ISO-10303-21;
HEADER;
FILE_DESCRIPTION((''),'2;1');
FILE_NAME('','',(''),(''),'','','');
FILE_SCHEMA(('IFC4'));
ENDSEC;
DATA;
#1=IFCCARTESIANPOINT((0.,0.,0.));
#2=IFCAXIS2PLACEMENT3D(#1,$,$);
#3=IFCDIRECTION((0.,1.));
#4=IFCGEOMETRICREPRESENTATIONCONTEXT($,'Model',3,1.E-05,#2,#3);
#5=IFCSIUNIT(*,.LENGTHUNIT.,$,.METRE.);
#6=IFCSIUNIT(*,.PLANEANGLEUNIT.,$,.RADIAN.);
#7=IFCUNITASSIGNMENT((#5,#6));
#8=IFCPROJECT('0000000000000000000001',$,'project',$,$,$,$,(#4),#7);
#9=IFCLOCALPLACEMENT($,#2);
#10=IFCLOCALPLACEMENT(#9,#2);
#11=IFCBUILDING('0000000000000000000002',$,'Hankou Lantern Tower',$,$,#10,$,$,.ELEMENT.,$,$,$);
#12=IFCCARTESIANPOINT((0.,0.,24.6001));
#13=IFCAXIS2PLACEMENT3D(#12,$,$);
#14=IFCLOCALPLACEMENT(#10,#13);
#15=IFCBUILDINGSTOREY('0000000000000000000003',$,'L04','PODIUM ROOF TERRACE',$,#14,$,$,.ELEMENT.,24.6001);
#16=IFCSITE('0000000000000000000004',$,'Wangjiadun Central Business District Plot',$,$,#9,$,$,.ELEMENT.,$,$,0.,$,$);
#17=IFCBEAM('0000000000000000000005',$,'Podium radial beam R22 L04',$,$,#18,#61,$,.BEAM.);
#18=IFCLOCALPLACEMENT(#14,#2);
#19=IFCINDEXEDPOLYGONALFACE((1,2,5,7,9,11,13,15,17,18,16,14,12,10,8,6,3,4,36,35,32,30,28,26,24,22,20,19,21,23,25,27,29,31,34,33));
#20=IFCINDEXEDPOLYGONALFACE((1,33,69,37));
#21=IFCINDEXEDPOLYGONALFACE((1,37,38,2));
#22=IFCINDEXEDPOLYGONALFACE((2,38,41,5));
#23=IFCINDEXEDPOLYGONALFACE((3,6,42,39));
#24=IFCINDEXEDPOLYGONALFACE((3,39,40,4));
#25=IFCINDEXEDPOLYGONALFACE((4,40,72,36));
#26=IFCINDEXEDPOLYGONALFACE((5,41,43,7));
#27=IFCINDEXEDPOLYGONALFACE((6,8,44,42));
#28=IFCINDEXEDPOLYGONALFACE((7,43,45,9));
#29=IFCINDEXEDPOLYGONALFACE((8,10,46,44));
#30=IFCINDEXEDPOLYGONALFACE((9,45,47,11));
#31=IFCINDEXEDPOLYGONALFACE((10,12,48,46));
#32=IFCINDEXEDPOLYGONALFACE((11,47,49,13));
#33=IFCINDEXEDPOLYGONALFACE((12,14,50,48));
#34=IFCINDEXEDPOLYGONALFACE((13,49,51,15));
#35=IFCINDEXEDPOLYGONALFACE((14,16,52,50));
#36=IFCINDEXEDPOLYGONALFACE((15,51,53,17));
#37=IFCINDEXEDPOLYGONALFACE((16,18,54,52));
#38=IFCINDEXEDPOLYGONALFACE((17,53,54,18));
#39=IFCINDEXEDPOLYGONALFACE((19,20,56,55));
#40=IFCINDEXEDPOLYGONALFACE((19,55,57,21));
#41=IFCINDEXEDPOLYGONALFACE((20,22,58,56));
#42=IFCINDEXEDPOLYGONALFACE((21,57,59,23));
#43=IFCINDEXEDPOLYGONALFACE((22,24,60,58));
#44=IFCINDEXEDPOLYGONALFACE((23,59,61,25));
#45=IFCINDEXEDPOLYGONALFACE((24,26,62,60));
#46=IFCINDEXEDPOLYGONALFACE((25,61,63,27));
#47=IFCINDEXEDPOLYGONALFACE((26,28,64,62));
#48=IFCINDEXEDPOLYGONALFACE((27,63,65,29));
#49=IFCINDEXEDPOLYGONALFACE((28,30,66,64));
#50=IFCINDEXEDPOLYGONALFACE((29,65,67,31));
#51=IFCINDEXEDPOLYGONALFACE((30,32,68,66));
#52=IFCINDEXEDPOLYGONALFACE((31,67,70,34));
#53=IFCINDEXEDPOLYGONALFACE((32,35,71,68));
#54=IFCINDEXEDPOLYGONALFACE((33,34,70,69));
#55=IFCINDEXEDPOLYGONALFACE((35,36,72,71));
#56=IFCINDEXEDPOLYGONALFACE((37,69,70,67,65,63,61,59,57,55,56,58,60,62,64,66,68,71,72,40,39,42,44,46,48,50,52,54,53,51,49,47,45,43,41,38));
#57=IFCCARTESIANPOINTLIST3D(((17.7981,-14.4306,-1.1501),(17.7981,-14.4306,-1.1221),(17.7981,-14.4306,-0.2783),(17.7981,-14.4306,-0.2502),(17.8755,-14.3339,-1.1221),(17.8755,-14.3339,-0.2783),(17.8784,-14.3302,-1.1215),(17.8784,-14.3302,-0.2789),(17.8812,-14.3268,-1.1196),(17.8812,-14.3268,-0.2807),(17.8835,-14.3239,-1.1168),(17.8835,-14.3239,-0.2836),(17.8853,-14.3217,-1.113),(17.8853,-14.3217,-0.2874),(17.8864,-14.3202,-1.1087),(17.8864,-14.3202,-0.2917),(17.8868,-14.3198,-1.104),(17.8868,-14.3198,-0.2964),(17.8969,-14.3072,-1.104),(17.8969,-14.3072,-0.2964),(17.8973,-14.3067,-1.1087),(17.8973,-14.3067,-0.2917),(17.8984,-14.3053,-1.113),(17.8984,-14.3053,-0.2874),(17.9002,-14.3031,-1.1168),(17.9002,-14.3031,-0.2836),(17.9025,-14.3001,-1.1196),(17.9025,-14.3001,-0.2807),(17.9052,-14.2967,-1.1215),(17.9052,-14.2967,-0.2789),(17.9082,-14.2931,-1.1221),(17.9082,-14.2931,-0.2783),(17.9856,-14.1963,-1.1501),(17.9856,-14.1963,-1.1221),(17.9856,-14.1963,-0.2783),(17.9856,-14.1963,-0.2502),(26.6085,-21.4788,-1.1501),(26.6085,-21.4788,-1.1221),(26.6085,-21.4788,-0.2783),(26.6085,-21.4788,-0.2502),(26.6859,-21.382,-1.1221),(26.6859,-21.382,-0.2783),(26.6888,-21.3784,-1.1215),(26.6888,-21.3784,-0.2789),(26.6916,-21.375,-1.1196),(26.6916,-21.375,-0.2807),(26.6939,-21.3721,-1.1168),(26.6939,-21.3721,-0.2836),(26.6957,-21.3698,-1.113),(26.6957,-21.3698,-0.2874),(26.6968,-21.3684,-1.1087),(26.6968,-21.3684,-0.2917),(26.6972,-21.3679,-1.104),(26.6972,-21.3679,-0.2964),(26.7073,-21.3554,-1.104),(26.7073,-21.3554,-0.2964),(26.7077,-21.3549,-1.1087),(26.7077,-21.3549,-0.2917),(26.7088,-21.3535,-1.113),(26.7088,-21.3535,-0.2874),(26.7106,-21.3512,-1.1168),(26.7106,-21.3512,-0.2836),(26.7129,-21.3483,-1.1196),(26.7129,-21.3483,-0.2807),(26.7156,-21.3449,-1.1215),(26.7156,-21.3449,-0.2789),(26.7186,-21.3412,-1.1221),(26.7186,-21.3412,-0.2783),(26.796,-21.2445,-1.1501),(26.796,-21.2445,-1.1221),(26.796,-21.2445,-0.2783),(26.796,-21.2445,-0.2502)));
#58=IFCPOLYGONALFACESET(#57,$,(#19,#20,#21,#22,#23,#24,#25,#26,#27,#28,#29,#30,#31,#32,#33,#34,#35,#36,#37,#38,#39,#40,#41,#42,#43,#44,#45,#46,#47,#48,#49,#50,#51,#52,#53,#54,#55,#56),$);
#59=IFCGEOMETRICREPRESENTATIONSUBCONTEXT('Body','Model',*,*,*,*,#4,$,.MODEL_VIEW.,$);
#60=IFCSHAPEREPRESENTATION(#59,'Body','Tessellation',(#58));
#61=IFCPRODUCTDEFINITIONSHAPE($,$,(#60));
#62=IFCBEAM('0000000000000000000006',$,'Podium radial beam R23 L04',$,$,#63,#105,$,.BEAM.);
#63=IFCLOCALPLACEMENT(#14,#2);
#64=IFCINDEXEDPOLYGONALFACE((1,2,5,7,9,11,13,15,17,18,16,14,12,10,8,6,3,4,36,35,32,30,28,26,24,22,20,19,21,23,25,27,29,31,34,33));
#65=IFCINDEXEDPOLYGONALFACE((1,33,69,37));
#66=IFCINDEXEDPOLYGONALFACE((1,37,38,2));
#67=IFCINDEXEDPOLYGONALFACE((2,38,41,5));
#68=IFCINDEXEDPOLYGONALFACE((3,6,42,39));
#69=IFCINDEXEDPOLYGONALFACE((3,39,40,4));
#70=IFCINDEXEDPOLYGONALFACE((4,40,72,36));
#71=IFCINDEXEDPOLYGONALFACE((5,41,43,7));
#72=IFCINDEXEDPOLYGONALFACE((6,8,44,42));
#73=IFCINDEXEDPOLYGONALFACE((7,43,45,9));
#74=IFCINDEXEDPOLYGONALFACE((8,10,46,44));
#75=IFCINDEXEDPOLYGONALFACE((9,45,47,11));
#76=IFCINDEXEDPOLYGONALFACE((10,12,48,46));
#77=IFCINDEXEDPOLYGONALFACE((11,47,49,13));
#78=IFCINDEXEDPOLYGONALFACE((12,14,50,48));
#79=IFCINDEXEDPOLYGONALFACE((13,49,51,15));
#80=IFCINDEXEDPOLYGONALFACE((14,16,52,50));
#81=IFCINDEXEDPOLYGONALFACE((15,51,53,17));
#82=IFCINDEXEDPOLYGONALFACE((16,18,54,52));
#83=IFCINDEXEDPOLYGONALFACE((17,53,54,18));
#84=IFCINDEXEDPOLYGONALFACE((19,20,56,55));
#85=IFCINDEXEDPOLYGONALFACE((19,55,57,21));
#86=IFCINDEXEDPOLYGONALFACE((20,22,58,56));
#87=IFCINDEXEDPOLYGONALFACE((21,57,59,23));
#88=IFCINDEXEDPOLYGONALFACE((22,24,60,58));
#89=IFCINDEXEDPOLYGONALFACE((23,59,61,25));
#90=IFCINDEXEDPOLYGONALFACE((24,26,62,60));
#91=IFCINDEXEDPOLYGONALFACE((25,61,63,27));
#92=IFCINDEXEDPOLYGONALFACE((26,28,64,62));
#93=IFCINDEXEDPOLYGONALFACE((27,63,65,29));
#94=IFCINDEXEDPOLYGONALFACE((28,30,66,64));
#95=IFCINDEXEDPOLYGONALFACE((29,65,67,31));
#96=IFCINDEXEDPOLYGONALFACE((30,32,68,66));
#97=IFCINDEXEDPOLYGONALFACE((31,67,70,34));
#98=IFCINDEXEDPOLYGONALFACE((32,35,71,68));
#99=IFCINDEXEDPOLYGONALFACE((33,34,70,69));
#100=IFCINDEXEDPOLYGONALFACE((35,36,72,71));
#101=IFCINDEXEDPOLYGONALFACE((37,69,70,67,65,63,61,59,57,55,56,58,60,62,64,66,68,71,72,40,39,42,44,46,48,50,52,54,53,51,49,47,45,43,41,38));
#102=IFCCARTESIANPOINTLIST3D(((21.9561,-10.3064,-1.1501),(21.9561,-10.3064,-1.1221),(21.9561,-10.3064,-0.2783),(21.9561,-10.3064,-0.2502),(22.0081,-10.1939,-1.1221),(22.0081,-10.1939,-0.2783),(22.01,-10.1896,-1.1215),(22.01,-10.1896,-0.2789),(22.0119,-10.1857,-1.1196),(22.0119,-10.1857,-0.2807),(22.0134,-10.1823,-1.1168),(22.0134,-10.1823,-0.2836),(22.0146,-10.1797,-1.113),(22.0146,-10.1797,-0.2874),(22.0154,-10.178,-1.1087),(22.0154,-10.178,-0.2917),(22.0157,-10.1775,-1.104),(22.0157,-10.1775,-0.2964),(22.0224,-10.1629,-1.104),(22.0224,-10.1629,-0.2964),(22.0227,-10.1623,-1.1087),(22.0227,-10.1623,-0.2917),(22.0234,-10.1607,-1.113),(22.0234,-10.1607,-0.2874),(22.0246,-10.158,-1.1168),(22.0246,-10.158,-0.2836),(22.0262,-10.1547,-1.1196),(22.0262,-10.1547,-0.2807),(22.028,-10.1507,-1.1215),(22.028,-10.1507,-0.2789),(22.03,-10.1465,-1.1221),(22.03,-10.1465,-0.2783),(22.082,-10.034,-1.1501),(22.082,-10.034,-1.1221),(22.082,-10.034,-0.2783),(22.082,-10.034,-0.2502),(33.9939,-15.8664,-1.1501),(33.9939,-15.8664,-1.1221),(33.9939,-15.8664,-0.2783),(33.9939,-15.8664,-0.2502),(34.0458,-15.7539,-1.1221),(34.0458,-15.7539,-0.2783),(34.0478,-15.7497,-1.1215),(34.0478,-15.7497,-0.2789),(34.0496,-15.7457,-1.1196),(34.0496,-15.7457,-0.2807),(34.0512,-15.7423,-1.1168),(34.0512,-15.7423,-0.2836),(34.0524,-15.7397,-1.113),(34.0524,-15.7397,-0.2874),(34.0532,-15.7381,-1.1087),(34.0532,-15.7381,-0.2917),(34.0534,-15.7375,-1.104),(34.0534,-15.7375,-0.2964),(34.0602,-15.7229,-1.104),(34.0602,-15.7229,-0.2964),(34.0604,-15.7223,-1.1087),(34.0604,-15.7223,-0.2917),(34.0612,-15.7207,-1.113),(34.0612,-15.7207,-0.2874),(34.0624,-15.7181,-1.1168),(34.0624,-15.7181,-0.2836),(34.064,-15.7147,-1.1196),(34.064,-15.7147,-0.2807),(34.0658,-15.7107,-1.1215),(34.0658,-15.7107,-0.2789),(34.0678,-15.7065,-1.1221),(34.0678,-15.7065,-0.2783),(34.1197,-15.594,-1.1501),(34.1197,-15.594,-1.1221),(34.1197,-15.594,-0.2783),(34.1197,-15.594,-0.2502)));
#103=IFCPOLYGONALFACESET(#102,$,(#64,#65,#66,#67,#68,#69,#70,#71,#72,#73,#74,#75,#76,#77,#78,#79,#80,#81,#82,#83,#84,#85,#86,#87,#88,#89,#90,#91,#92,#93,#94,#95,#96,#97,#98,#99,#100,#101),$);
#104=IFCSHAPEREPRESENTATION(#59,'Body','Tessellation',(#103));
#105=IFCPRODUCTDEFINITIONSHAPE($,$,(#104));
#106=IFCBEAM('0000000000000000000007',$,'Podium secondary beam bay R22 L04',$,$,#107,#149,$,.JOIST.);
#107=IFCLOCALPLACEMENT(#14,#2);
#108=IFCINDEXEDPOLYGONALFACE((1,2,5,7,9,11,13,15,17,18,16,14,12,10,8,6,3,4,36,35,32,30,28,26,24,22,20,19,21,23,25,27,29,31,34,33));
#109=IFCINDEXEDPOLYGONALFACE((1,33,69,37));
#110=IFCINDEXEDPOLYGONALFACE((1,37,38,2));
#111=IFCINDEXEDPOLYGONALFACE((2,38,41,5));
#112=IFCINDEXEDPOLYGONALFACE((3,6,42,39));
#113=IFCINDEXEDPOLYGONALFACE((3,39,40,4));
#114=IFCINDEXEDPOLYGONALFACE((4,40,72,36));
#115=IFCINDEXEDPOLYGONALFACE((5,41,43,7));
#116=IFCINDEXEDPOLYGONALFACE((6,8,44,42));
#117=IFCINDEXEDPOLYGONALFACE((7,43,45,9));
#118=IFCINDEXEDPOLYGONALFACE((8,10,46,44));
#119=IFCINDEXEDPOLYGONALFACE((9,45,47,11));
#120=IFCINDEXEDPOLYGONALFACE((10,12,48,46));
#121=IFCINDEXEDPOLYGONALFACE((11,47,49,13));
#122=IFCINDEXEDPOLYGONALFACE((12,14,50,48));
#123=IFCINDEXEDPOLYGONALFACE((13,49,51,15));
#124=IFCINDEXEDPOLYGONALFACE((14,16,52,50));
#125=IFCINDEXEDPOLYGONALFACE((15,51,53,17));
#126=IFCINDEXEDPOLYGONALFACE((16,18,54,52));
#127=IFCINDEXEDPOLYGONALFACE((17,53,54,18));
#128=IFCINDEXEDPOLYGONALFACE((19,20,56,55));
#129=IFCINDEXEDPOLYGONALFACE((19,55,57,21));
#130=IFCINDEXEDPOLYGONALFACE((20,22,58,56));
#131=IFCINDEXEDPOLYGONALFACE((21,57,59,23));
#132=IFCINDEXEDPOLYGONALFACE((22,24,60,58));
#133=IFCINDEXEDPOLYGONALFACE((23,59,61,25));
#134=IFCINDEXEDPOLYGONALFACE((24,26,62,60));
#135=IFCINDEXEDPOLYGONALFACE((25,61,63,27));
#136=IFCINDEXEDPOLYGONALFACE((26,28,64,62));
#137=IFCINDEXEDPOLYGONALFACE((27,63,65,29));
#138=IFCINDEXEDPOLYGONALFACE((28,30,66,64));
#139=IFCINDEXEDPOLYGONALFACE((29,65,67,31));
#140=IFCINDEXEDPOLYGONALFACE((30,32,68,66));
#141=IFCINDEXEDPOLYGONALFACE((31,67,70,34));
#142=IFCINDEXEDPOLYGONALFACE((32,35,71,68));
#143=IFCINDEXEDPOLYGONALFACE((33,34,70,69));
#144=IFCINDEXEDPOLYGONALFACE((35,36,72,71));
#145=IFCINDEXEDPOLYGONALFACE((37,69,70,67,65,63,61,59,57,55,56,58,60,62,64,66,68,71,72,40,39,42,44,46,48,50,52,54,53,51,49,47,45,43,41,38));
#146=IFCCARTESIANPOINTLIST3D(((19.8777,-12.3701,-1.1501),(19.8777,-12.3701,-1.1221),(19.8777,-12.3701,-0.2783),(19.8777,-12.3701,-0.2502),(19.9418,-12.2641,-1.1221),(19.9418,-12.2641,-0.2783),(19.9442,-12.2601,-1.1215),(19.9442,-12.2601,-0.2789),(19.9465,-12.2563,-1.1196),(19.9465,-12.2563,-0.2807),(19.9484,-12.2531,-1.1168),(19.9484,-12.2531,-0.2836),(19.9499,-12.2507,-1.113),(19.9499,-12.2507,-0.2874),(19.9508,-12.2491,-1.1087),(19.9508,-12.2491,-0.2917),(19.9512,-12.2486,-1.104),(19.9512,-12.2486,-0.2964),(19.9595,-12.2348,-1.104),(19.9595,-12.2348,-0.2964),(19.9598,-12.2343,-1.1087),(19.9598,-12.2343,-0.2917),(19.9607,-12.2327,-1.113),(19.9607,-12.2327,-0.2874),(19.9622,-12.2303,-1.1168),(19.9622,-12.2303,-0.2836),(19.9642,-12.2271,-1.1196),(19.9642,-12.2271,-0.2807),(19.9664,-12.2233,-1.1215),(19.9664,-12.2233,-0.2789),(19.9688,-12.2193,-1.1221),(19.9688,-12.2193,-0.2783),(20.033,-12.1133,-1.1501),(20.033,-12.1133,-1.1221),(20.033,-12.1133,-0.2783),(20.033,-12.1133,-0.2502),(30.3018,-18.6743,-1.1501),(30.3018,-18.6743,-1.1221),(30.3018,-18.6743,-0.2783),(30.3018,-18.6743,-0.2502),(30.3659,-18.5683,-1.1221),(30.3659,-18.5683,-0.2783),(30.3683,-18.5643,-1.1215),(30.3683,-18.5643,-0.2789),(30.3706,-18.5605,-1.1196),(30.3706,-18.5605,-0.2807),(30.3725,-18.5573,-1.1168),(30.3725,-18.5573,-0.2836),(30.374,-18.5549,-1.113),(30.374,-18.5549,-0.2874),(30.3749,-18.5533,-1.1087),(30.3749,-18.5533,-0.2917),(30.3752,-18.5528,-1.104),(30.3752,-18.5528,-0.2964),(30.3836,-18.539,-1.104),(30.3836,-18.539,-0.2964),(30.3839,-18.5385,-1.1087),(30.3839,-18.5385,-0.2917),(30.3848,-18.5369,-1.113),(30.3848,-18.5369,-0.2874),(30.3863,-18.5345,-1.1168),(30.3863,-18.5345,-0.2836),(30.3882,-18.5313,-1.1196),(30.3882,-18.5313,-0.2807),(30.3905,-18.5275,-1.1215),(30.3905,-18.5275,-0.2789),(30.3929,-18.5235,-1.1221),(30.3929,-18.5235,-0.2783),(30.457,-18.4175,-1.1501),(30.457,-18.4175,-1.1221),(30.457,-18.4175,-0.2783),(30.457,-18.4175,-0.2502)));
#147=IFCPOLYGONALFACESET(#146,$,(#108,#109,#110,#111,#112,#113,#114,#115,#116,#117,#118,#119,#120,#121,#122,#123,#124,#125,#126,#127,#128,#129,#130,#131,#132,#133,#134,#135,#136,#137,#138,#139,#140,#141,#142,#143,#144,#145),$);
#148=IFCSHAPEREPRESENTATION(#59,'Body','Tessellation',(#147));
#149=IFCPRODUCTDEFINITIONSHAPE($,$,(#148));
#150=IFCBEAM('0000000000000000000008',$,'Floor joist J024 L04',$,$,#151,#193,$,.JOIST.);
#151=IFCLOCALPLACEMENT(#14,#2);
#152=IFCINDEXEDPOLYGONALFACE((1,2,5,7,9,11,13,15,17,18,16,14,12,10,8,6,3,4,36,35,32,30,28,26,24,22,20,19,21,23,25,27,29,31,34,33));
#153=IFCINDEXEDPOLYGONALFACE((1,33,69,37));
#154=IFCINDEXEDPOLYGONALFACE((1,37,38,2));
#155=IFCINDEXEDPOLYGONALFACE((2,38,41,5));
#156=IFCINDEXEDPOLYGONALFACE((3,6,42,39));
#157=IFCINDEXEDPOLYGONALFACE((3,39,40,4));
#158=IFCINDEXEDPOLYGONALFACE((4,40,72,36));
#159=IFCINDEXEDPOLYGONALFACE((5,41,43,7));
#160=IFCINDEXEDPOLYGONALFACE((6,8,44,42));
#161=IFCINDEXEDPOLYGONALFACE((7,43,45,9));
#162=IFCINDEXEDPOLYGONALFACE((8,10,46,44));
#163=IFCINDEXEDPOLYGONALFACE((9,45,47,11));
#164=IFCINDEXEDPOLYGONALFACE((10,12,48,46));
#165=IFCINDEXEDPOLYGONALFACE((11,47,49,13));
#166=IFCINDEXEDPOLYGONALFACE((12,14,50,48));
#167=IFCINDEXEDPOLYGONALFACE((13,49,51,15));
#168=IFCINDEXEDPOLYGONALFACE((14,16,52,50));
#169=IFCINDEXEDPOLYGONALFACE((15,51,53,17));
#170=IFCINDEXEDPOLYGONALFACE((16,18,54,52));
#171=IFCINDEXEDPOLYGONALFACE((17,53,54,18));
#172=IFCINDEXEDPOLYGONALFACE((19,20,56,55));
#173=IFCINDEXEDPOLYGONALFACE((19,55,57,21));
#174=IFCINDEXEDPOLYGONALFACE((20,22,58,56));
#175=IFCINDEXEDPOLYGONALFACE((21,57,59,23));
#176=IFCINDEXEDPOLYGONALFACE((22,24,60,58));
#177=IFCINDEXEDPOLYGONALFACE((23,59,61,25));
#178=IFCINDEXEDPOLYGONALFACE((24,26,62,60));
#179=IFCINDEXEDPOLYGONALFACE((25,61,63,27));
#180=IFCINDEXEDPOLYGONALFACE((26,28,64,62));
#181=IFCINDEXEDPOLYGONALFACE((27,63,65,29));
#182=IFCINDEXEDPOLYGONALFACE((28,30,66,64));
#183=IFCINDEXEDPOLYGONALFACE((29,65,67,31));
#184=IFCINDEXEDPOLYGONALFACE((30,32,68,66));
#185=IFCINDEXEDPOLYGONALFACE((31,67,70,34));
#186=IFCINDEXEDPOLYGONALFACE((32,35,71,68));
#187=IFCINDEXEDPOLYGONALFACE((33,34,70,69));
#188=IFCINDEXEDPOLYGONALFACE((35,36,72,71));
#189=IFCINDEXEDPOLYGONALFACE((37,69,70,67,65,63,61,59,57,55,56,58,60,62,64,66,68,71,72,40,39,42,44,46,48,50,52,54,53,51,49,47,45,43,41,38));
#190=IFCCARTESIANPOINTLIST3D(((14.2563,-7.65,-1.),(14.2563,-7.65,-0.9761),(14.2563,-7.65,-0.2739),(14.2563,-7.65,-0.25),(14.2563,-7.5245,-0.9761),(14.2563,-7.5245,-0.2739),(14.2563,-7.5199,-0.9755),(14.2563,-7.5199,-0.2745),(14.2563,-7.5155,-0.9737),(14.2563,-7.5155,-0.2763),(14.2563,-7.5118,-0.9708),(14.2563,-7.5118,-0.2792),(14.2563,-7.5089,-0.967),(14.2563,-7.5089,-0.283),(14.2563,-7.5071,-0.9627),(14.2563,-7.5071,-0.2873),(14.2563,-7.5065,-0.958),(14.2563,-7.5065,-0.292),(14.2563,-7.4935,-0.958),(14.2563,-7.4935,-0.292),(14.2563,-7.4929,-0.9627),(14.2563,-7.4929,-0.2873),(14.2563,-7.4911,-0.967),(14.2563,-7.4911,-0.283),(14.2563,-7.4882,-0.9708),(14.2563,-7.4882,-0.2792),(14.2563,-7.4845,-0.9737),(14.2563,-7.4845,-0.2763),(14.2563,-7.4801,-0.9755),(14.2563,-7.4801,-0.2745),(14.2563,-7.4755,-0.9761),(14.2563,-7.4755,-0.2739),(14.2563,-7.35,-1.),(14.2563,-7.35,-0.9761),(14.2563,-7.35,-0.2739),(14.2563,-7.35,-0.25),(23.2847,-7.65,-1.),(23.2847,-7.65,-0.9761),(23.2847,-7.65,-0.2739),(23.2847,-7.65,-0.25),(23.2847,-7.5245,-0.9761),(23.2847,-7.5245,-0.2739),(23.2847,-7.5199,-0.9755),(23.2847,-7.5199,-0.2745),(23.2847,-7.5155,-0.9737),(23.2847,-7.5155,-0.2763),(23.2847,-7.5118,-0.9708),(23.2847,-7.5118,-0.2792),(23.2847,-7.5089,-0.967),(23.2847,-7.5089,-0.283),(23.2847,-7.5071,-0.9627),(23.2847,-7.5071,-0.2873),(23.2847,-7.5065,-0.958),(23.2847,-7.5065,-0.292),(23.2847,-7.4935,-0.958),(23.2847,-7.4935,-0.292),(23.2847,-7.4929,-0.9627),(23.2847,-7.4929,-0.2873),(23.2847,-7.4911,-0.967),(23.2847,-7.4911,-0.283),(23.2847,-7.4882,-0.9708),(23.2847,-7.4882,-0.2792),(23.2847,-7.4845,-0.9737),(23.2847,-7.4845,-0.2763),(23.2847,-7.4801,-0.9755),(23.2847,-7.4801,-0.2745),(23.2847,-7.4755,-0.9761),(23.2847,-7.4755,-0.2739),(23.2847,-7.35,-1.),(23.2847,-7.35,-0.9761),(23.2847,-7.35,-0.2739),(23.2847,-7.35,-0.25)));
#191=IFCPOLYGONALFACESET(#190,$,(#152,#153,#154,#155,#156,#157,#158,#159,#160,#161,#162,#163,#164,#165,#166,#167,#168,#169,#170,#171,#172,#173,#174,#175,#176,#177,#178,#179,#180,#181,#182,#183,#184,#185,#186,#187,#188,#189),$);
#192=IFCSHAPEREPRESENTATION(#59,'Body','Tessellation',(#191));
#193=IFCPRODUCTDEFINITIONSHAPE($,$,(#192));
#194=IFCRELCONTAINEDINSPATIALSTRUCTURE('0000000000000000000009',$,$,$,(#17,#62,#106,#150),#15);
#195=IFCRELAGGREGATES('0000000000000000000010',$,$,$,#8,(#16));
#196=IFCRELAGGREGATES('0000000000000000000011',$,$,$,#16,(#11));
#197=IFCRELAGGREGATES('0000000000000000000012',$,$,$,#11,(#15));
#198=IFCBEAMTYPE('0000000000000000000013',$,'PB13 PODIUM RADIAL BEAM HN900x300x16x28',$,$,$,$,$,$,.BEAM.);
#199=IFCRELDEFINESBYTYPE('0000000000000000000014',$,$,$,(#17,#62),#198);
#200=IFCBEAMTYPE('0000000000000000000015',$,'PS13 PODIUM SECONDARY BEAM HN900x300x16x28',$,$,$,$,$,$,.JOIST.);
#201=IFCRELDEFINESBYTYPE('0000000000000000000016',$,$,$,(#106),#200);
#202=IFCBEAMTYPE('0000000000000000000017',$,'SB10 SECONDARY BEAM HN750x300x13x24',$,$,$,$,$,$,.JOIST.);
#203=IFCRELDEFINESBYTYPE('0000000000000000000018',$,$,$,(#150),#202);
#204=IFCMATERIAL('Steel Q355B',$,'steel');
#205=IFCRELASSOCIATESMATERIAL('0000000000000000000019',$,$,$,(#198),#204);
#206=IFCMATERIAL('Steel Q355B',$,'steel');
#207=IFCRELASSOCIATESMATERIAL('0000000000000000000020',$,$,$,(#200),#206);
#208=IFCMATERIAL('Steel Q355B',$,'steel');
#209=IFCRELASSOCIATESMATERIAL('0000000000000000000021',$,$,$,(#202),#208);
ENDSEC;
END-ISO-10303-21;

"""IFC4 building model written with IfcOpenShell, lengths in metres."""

from ifc_helpers import new_model, si_unit, direction, frame, origin, origin_2d, place, context, subcontext, project, spatial, i_section, extrude, material, material_profile, profile_set, type_object, element, save


model = new_model("IFC4")

# Units and contexts
model_context = context("Model", 3, precision=1e-05, world=origin(), true_north=direction((0.0, 1.0)))
body_context = subcontext(model_context, "Body", "Model", "MODEL_VIEW")
ifc_project = project(units=[si_unit("LENGTHUNIT", "METRE"), si_unit("PLANEANGLEUNIT", "RADIAN")], contexts=[model_context])

# Site, building, storey
site_placement = place(None, origin())
site = spatial("IfcSite", under=ifc_project, at=site_placement, Name="Wangjiadun Central Business District Plot", CompositionType="ELEMENT", RefElevation=0.0)
building_placement = place(site_placement, origin())
building = spatial("IfcBuilding", under=site, at=building_placement, Name="Hankou Lantern Tower", CompositionType="ELEMENT")
storey_placement = place(building_placement, frame((0.0, 0.0, 24.6001)))
storey = spatial("IfcBuildingStorey", under=building, at=storey_placement, Name="L04", Description="PODIUM ROOF TERRACE", CompositionType="ELEMENT", Elevation=24.6001)

# Beams
ifc_material_1 = material(Name="Steel Q355B", Category="steel")
ifc_material_profile_1 = material_profile(ifc_material_1, i_section(OverallWidth=0.3, OverallDepth=0.8999, WebThickness=0.0161, FlangeThickness=0.0281, FilletRadius=0.0181, at=origin_2d()), Name="HN900x300x16x28")
ifc_profile_set_1 = profile_set([ifc_material_profile_1], Name="Steel Q355B")
beam_type_1 = type_object("IfcBeamType", Name="PB13 PODIUM RADIAL BEAM HN900x300x16x28", PredefinedType="BEAM", material=ifc_profile_set_1)
beam_1_placement = place(storey_placement, frame((17.8918, -14.3135, -0.7002), z_axis=(0.780875, -0.624687, 0.0), x_axis=(0.624687, 0.780875, 0.0)))
element("IfcBeam", 1, at=beam_1_placement, inside=storey, type_object=beam_type_1, Name="Podium radial beam R22 L04", PredefinedType="BEAM", context=body_context, shape_type="SweptSolid", body=[
    extrude(i_section(OverallWidth=0.3, OverallDepth=0.8999, WebThickness=0.0161, FlangeThickness=0.0281, FilletRadius=0.0181, at=origin_2d()), origin(), (0.0, 0.0, 1.0), 11.2827),
])
beam_2_placement = place(storey_placement, frame((22.019, -10.1702, -0.7002), z_axis=(0.907841, -0.419315, 0.0), x_axis=(0.419315, 0.907841, 0.0)))
element("IfcBeam", 2, at=beam_2_placement, inside=storey, type_object=beam_type_1, Name="Podium radial beam R23 L04", PredefinedType="BEAM", context=body_context, shape_type="SweptSolid", body=[
    extrude(i_section(OverallWidth=0.3, OverallDepth=0.8999, WebThickness=0.0161, FlangeThickness=0.0281, FilletRadius=0.0181, at=origin_2d()), origin(), (0.0, 0.0, 1.0), 13.2598),
])
ifc_material_2 = material(Name="Steel Q355B", Category="steel")
ifc_material_profile_2 = material_profile(ifc_material_2, i_section(OverallWidth=0.3, OverallDepth=0.8999, WebThickness=0.0161, FlangeThickness=0.0281, FilletRadius=0.0181, at=origin_2d()), Name="HN900x300x16x28")
ifc_profile_set_2 = profile_set([ifc_material_profile_2], Name="Steel Q355B")
beam_type_2 = type_object("IfcBeamType", Name="PS13 PODIUM SECONDARY BEAM HN900x300x16x28", PredefinedType="JOIST", material=ifc_profile_set_2)
beam_3_placement = place(storey_placement, frame((19.9553, -12.2417, -0.7002), z_axis=(0.855686, -0.517496, 0.0), x_axis=(0.517496, 0.855686, 0.0)))
element("IfcBeam", 3, at=beam_3_placement, inside=storey, type_object=beam_type_2, Name="Podium secondary beam bay R22 L04", PredefinedType="JOIST", context=body_context, shape_type="SweptSolid", body=[
    extrude(i_section(OverallWidth=0.3, OverallDepth=0.8999, WebThickness=0.0161, FlangeThickness=0.0281, FilletRadius=0.0181, at=origin_2d()), origin(), (0.0, 0.0, 1.0), 12.1821),
])
ifc_material_3 = material(Name="Steel Q355B", Category="steel")
ifc_material_profile_3 = material_profile(ifc_material_3, i_section(OverallWidth=0.3, OverallDepth=0.75, WebThickness=0.0129, FlangeThickness=0.0239, FilletRadius=0.0181, at=origin_2d()), Name="HN750x300x13x24")
ifc_profile_set_3 = profile_set([ifc_material_profile_3], Name="Steel Q355B")
beam_type_3 = type_object("IfcBeamType", Name="SB10 SECONDARY BEAM HN750x300x13x24", PredefinedType="JOIST", material=ifc_profile_set_3)
beam_4_placement = place(storey_placement, frame((14.2563, -7.5, -0.625), z_axis=(1.0, 0.0, 0.0), x_axis=(0.0, 1.0, 0.0)))
element("IfcBeam", 4, at=beam_4_placement, inside=storey, type_object=beam_type_3, Name="Floor joist J024 L04", PredefinedType="JOIST", context=body_context, shape_type="SweptSolid", body=[
    extrude(i_section(OverallWidth=0.3, OverallDepth=0.75, WebThickness=0.0129, FlangeThickness=0.0239, FilletRadius=0.0181, at=origin_2d()), origin(), (0.0, 0.0, 1.0), 9.0283),
])

save(model, "model.ifc")
